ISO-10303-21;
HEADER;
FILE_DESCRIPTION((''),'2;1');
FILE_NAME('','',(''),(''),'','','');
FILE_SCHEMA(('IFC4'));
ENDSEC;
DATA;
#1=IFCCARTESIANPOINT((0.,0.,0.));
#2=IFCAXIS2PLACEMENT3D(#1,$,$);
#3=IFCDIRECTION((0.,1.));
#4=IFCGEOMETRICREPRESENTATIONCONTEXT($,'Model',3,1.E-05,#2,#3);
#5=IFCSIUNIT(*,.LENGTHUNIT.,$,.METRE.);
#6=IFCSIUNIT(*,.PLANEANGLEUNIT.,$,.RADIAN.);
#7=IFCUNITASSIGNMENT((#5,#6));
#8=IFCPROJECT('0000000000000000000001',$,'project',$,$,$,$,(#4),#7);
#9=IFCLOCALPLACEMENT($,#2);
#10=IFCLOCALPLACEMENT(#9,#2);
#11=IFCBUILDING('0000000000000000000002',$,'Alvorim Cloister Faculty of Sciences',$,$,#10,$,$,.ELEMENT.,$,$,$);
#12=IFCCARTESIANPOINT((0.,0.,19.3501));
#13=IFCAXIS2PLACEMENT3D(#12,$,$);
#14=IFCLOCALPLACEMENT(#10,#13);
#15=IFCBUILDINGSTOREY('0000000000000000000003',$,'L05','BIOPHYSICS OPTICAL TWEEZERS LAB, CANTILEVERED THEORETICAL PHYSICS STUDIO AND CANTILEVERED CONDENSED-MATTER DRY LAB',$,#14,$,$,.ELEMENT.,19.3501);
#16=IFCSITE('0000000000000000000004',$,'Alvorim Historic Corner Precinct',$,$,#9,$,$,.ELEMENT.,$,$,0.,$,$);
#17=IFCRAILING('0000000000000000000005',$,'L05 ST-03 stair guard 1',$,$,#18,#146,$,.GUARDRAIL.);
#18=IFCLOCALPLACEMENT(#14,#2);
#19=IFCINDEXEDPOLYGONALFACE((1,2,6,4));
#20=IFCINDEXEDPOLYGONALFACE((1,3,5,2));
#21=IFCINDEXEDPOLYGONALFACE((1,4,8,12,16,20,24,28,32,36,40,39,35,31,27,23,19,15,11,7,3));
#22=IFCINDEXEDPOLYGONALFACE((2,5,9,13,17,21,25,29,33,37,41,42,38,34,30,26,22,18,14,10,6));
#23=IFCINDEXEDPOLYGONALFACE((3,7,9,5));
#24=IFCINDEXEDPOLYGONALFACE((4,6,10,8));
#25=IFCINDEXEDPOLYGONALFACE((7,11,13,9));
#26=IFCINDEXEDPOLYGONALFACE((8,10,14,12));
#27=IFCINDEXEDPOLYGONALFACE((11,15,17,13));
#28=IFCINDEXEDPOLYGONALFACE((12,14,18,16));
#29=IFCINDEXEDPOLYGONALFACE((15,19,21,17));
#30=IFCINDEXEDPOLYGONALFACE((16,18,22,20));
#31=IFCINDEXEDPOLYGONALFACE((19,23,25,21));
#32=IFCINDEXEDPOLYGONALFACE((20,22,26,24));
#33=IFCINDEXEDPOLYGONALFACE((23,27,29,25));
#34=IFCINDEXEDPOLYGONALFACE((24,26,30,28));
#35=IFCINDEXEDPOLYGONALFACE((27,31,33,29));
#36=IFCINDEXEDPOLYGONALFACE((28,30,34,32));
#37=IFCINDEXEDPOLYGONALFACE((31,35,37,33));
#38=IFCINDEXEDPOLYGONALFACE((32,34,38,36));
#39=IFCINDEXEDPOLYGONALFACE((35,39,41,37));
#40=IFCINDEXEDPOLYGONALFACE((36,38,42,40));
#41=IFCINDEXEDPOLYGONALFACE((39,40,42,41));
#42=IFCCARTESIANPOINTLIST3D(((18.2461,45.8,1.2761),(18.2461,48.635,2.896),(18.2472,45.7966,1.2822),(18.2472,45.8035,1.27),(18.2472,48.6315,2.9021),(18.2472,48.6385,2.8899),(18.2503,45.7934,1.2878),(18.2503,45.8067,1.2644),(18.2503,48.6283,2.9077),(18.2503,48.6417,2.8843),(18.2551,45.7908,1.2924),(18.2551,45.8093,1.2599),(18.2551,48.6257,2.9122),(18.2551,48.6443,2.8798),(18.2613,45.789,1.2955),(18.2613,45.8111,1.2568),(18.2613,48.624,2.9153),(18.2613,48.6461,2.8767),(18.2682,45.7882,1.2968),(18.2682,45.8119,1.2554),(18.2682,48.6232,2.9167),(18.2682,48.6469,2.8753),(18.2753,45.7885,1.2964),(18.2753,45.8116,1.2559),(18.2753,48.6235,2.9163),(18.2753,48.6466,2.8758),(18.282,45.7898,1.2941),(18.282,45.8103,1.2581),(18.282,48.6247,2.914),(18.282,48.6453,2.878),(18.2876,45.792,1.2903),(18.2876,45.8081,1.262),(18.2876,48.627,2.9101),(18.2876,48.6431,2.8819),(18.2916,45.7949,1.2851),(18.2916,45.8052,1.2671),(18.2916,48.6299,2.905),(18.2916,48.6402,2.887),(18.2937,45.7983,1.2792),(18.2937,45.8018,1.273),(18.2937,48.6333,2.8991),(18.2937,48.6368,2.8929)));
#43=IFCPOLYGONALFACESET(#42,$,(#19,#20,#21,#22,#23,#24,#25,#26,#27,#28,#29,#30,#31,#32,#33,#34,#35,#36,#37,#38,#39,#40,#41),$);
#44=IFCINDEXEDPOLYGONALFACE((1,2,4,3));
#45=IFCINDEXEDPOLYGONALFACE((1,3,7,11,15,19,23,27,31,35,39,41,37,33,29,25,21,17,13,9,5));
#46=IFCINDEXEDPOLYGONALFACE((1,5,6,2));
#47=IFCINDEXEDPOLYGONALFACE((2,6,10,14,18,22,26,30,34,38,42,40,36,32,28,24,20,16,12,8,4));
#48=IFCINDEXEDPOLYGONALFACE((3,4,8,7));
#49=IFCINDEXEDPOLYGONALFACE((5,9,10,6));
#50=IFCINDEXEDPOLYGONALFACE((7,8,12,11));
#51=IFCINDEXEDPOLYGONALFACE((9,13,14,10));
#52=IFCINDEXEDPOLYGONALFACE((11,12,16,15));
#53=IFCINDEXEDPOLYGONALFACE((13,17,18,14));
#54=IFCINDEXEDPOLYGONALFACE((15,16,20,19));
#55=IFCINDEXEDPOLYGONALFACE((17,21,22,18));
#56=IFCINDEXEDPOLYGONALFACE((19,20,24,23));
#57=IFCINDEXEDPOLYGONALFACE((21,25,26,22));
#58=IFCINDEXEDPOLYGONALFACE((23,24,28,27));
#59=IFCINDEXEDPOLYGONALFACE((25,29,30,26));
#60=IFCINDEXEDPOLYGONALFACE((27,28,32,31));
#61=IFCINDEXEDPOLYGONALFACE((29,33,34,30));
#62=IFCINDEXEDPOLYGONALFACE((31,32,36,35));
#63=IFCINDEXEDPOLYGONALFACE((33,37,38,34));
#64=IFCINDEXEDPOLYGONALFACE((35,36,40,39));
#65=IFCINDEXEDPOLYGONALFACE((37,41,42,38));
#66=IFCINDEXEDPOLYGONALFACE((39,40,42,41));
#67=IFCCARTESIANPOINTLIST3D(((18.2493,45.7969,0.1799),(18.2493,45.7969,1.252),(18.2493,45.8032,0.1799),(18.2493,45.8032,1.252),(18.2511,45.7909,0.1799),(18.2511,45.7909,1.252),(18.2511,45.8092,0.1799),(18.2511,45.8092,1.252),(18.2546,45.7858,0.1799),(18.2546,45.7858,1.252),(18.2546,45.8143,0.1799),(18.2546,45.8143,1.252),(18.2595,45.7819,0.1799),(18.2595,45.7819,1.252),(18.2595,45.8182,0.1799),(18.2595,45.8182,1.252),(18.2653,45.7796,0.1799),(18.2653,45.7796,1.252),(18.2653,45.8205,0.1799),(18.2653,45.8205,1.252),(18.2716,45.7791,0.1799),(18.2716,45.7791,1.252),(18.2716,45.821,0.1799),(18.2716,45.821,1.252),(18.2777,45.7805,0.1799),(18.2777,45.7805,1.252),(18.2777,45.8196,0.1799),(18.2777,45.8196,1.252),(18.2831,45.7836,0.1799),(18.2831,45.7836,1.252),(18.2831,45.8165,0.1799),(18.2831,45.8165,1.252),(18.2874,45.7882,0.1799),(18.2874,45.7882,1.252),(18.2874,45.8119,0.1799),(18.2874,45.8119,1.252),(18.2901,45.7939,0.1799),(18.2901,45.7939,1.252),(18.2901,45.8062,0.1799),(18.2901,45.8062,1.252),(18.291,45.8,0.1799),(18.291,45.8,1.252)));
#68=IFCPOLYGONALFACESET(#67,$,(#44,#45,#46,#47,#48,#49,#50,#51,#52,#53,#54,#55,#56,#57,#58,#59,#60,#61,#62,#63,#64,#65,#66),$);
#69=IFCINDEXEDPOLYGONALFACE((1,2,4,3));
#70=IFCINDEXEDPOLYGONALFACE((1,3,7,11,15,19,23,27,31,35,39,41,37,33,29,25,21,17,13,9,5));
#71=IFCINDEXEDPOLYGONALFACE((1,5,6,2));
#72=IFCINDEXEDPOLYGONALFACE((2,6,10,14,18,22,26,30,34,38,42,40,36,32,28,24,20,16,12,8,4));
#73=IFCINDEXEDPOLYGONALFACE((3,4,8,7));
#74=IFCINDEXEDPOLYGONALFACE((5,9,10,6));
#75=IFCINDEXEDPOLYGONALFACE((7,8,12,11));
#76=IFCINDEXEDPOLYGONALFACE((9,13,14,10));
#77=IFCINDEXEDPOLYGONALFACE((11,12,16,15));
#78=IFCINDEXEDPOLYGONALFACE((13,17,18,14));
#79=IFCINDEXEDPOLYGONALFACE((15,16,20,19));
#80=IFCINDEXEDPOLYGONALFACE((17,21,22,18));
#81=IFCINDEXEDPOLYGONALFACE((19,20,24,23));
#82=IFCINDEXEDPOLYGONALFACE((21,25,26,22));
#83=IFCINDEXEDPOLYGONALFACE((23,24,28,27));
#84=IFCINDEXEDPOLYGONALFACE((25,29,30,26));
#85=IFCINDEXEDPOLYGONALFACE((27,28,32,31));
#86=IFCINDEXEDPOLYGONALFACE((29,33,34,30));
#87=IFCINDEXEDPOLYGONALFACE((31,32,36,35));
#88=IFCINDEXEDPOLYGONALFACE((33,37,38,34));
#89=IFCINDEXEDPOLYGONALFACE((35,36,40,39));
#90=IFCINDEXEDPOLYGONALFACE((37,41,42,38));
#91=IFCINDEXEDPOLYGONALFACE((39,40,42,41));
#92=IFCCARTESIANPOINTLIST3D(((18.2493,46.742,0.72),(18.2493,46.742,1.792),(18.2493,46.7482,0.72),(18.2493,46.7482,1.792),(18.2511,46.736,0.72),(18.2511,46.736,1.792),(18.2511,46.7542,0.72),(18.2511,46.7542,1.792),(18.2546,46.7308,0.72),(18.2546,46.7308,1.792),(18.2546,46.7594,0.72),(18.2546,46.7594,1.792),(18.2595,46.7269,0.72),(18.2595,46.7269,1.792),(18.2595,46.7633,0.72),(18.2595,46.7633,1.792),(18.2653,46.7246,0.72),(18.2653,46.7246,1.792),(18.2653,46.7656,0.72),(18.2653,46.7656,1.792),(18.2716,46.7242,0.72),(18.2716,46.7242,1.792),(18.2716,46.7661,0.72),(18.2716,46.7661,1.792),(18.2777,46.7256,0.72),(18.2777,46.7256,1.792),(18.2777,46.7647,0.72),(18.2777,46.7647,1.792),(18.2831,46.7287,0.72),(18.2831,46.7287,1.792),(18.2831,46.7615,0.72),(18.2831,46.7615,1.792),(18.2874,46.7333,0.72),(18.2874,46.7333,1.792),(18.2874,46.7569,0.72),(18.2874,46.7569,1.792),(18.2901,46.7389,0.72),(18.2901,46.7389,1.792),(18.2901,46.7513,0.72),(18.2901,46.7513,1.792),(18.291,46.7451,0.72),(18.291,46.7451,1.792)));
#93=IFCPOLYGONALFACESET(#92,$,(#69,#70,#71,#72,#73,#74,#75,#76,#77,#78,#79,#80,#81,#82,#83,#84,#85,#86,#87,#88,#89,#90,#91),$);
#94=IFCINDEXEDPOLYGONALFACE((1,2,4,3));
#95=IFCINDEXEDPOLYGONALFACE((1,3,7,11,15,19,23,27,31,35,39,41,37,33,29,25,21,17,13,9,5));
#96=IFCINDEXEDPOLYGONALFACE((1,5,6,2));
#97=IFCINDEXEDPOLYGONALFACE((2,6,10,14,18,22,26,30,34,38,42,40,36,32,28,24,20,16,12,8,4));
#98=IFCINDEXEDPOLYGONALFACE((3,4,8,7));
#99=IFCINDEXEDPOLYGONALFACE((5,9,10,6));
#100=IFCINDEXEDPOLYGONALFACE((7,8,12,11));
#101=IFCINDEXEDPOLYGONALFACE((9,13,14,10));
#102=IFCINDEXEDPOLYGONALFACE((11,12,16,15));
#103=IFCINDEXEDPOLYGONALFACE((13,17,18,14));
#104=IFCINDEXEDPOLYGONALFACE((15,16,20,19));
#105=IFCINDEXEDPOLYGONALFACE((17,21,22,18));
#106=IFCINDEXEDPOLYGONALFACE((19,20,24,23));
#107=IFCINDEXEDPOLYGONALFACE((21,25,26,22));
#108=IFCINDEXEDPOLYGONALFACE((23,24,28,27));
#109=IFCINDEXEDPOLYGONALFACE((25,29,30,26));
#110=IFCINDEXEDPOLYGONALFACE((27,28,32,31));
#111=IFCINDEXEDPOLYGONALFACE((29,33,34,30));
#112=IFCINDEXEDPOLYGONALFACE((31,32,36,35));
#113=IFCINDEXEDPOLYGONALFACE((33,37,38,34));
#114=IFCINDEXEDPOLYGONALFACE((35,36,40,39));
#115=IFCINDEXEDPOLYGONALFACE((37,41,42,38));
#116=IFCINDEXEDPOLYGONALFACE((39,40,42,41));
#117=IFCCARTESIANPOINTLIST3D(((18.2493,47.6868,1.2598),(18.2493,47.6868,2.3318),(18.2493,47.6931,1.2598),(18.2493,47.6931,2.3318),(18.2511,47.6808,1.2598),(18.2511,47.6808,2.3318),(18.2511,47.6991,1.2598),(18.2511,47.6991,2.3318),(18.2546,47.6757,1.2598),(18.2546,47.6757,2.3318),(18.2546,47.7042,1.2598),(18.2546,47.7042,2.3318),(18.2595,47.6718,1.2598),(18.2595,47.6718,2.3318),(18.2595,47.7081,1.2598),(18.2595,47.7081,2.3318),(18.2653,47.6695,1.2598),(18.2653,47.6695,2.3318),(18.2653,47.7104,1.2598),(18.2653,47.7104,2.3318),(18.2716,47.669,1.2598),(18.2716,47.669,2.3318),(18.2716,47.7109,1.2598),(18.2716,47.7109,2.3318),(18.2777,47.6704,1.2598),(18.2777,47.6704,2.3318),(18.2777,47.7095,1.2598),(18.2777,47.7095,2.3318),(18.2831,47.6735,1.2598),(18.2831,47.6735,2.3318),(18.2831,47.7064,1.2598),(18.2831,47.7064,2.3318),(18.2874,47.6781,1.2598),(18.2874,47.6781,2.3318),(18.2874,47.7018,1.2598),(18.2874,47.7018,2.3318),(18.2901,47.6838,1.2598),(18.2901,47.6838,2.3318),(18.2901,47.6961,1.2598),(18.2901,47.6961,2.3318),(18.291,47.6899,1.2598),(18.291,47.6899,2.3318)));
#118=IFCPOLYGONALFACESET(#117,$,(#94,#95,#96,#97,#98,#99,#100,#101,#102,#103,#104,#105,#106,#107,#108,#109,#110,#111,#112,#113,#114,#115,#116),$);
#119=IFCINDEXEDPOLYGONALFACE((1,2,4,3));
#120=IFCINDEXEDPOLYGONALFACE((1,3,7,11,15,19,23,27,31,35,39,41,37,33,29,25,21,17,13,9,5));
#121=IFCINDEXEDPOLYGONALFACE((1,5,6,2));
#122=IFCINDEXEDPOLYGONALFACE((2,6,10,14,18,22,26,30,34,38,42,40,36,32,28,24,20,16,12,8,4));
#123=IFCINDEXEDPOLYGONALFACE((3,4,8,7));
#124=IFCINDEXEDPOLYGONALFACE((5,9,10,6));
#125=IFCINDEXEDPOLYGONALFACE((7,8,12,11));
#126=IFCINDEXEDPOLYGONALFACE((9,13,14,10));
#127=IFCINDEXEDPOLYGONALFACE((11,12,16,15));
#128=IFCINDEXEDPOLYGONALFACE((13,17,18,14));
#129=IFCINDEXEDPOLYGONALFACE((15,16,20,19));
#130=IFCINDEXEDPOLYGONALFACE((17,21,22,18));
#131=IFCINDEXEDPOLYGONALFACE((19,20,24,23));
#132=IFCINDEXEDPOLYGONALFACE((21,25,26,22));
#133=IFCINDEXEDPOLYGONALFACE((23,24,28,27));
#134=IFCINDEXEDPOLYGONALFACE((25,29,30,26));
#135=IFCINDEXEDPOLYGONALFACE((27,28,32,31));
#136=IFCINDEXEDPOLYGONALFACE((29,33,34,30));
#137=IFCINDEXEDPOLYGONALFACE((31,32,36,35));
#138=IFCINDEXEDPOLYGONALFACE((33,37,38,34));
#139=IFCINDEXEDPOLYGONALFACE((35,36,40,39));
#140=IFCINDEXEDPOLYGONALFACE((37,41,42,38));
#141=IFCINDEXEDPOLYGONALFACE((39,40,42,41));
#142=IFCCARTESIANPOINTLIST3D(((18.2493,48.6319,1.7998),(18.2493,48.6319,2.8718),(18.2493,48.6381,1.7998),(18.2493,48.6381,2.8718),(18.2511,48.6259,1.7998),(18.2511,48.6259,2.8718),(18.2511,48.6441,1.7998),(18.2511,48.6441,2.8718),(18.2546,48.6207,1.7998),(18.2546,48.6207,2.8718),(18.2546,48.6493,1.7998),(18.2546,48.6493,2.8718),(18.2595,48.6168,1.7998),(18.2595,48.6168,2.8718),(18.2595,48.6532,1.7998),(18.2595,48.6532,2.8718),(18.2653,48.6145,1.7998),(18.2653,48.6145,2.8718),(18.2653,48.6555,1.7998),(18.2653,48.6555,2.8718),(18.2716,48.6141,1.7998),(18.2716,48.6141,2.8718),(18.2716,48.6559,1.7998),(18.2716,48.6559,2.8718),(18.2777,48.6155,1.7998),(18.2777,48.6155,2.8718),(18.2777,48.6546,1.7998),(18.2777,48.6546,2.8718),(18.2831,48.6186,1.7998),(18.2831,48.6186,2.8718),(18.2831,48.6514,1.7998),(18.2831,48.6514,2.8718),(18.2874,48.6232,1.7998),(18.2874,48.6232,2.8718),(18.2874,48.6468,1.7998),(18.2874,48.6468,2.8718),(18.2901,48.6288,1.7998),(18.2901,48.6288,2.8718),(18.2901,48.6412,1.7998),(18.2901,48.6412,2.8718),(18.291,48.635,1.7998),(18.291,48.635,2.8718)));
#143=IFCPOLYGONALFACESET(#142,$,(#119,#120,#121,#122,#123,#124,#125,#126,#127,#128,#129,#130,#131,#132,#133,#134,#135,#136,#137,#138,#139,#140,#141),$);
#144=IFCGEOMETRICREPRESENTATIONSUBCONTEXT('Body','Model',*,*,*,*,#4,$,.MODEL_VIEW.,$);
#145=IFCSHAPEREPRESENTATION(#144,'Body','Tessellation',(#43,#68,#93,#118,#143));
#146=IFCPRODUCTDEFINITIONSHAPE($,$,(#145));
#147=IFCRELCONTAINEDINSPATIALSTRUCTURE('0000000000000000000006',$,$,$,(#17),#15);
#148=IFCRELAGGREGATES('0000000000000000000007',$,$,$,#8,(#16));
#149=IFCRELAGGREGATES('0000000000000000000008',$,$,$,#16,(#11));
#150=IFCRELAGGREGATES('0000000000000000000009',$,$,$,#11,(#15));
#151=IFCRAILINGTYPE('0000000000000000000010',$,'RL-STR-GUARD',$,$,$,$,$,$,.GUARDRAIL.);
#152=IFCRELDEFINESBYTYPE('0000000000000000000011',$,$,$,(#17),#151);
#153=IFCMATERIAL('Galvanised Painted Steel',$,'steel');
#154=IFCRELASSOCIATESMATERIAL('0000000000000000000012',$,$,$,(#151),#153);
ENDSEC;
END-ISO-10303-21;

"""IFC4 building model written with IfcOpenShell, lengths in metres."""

from ifc_helpers import new_model, si_unit, direction, frame, origin, origin_2d, place, context, subcontext, project, spatial, circle, extrude, material, type_object, element, save


model = new_model("IFC4")

# Units and contexts
model_context = context("Model", 3, precision=1e-05, world=origin(), true_north=direction((0.0, 1.0)))
body_context = subcontext(model_context, "Body", "Model", "MODEL_VIEW")
ifc_project = project(units=[si_unit("LENGTHUNIT", "METRE"), si_unit("PLANEANGLEUNIT", "RADIAN")], contexts=[model_context])

# Site, building, storey
site_placement = place(None, origin())
site = spatial("IfcSite", under=ifc_project, at=site_placement, Name="Alvorim Historic Corner Precinct", CompositionType="ELEMENT", RefElevation=0.0)
building_placement = place(site_placement, origin())
building = spatial("IfcBuilding", under=site, at=building_placement, Name="Alvorim Cloister Faculty of Sciences", CompositionType="ELEMENT")
storey_placement = place(building_placement, frame((0.0, 0.0, 19.3501)))
storey = spatial("IfcBuildingStorey", under=building, at=storey_placement, Name="L05", Description="BIOPHYSICS OPTICAL TWEEZERS LAB, CANTILEVERED THEORETICAL PHYSICS STUDIO AND CANTILEVERED CONDENSED-MATTER DRY LAB", CompositionType="ELEMENT", Elevation=19.3501)

# Railing
ifc_material_1 = material(Name="Galvanised Painted Steel", Category="steel")
railing_type_1 = type_object("IfcRailingType", Name="RL-STR-GUARD", PredefinedType="GUARDRAIL", material=ifc_material_1)
railing_1_placement = place(storey_placement, frame((18.27, 45.8, 0.1799)))
element("IfcRailing", 1, at=railing_1_placement, inside=storey, type_object=railing_type_1, Name="L05 ST-03 stair guard 1", PredefinedType="GUARDRAIL", context=body_context, shape_type="SweptSolid", body=[
    extrude(circle(Radius=0.0239, at=origin_2d()), frame((0.0, 0.0, 1.0962), z_axis=(0.0, 0.868257, 0.496115), x_axis=(-1.0, 0.0, 0.0)), (0.0, 0.0, 1.0), 3.2651),
    extrude(circle(Radius=0.021, at=origin_2d()), origin(), (0.0, 0.0, 1.0), 1.072),
    extrude(circle(Radius=0.021, at=origin_2d()), frame((0.0, 0.9451, 0.54)), (0.0, 0.0, 1.0), 1.072),
    extrude(circle(Radius=0.021, at=origin_2d()), frame((0.0, 1.8899, 1.0798)), (0.0, 0.0, 1.0), 1.072),
    extrude(circle(Radius=0.021, at=origin_2d()), frame((0.0, 2.835, 1.6199)), (0.0, 0.0, 1.0), 1.072),
])

save(model, "model.ifc")
